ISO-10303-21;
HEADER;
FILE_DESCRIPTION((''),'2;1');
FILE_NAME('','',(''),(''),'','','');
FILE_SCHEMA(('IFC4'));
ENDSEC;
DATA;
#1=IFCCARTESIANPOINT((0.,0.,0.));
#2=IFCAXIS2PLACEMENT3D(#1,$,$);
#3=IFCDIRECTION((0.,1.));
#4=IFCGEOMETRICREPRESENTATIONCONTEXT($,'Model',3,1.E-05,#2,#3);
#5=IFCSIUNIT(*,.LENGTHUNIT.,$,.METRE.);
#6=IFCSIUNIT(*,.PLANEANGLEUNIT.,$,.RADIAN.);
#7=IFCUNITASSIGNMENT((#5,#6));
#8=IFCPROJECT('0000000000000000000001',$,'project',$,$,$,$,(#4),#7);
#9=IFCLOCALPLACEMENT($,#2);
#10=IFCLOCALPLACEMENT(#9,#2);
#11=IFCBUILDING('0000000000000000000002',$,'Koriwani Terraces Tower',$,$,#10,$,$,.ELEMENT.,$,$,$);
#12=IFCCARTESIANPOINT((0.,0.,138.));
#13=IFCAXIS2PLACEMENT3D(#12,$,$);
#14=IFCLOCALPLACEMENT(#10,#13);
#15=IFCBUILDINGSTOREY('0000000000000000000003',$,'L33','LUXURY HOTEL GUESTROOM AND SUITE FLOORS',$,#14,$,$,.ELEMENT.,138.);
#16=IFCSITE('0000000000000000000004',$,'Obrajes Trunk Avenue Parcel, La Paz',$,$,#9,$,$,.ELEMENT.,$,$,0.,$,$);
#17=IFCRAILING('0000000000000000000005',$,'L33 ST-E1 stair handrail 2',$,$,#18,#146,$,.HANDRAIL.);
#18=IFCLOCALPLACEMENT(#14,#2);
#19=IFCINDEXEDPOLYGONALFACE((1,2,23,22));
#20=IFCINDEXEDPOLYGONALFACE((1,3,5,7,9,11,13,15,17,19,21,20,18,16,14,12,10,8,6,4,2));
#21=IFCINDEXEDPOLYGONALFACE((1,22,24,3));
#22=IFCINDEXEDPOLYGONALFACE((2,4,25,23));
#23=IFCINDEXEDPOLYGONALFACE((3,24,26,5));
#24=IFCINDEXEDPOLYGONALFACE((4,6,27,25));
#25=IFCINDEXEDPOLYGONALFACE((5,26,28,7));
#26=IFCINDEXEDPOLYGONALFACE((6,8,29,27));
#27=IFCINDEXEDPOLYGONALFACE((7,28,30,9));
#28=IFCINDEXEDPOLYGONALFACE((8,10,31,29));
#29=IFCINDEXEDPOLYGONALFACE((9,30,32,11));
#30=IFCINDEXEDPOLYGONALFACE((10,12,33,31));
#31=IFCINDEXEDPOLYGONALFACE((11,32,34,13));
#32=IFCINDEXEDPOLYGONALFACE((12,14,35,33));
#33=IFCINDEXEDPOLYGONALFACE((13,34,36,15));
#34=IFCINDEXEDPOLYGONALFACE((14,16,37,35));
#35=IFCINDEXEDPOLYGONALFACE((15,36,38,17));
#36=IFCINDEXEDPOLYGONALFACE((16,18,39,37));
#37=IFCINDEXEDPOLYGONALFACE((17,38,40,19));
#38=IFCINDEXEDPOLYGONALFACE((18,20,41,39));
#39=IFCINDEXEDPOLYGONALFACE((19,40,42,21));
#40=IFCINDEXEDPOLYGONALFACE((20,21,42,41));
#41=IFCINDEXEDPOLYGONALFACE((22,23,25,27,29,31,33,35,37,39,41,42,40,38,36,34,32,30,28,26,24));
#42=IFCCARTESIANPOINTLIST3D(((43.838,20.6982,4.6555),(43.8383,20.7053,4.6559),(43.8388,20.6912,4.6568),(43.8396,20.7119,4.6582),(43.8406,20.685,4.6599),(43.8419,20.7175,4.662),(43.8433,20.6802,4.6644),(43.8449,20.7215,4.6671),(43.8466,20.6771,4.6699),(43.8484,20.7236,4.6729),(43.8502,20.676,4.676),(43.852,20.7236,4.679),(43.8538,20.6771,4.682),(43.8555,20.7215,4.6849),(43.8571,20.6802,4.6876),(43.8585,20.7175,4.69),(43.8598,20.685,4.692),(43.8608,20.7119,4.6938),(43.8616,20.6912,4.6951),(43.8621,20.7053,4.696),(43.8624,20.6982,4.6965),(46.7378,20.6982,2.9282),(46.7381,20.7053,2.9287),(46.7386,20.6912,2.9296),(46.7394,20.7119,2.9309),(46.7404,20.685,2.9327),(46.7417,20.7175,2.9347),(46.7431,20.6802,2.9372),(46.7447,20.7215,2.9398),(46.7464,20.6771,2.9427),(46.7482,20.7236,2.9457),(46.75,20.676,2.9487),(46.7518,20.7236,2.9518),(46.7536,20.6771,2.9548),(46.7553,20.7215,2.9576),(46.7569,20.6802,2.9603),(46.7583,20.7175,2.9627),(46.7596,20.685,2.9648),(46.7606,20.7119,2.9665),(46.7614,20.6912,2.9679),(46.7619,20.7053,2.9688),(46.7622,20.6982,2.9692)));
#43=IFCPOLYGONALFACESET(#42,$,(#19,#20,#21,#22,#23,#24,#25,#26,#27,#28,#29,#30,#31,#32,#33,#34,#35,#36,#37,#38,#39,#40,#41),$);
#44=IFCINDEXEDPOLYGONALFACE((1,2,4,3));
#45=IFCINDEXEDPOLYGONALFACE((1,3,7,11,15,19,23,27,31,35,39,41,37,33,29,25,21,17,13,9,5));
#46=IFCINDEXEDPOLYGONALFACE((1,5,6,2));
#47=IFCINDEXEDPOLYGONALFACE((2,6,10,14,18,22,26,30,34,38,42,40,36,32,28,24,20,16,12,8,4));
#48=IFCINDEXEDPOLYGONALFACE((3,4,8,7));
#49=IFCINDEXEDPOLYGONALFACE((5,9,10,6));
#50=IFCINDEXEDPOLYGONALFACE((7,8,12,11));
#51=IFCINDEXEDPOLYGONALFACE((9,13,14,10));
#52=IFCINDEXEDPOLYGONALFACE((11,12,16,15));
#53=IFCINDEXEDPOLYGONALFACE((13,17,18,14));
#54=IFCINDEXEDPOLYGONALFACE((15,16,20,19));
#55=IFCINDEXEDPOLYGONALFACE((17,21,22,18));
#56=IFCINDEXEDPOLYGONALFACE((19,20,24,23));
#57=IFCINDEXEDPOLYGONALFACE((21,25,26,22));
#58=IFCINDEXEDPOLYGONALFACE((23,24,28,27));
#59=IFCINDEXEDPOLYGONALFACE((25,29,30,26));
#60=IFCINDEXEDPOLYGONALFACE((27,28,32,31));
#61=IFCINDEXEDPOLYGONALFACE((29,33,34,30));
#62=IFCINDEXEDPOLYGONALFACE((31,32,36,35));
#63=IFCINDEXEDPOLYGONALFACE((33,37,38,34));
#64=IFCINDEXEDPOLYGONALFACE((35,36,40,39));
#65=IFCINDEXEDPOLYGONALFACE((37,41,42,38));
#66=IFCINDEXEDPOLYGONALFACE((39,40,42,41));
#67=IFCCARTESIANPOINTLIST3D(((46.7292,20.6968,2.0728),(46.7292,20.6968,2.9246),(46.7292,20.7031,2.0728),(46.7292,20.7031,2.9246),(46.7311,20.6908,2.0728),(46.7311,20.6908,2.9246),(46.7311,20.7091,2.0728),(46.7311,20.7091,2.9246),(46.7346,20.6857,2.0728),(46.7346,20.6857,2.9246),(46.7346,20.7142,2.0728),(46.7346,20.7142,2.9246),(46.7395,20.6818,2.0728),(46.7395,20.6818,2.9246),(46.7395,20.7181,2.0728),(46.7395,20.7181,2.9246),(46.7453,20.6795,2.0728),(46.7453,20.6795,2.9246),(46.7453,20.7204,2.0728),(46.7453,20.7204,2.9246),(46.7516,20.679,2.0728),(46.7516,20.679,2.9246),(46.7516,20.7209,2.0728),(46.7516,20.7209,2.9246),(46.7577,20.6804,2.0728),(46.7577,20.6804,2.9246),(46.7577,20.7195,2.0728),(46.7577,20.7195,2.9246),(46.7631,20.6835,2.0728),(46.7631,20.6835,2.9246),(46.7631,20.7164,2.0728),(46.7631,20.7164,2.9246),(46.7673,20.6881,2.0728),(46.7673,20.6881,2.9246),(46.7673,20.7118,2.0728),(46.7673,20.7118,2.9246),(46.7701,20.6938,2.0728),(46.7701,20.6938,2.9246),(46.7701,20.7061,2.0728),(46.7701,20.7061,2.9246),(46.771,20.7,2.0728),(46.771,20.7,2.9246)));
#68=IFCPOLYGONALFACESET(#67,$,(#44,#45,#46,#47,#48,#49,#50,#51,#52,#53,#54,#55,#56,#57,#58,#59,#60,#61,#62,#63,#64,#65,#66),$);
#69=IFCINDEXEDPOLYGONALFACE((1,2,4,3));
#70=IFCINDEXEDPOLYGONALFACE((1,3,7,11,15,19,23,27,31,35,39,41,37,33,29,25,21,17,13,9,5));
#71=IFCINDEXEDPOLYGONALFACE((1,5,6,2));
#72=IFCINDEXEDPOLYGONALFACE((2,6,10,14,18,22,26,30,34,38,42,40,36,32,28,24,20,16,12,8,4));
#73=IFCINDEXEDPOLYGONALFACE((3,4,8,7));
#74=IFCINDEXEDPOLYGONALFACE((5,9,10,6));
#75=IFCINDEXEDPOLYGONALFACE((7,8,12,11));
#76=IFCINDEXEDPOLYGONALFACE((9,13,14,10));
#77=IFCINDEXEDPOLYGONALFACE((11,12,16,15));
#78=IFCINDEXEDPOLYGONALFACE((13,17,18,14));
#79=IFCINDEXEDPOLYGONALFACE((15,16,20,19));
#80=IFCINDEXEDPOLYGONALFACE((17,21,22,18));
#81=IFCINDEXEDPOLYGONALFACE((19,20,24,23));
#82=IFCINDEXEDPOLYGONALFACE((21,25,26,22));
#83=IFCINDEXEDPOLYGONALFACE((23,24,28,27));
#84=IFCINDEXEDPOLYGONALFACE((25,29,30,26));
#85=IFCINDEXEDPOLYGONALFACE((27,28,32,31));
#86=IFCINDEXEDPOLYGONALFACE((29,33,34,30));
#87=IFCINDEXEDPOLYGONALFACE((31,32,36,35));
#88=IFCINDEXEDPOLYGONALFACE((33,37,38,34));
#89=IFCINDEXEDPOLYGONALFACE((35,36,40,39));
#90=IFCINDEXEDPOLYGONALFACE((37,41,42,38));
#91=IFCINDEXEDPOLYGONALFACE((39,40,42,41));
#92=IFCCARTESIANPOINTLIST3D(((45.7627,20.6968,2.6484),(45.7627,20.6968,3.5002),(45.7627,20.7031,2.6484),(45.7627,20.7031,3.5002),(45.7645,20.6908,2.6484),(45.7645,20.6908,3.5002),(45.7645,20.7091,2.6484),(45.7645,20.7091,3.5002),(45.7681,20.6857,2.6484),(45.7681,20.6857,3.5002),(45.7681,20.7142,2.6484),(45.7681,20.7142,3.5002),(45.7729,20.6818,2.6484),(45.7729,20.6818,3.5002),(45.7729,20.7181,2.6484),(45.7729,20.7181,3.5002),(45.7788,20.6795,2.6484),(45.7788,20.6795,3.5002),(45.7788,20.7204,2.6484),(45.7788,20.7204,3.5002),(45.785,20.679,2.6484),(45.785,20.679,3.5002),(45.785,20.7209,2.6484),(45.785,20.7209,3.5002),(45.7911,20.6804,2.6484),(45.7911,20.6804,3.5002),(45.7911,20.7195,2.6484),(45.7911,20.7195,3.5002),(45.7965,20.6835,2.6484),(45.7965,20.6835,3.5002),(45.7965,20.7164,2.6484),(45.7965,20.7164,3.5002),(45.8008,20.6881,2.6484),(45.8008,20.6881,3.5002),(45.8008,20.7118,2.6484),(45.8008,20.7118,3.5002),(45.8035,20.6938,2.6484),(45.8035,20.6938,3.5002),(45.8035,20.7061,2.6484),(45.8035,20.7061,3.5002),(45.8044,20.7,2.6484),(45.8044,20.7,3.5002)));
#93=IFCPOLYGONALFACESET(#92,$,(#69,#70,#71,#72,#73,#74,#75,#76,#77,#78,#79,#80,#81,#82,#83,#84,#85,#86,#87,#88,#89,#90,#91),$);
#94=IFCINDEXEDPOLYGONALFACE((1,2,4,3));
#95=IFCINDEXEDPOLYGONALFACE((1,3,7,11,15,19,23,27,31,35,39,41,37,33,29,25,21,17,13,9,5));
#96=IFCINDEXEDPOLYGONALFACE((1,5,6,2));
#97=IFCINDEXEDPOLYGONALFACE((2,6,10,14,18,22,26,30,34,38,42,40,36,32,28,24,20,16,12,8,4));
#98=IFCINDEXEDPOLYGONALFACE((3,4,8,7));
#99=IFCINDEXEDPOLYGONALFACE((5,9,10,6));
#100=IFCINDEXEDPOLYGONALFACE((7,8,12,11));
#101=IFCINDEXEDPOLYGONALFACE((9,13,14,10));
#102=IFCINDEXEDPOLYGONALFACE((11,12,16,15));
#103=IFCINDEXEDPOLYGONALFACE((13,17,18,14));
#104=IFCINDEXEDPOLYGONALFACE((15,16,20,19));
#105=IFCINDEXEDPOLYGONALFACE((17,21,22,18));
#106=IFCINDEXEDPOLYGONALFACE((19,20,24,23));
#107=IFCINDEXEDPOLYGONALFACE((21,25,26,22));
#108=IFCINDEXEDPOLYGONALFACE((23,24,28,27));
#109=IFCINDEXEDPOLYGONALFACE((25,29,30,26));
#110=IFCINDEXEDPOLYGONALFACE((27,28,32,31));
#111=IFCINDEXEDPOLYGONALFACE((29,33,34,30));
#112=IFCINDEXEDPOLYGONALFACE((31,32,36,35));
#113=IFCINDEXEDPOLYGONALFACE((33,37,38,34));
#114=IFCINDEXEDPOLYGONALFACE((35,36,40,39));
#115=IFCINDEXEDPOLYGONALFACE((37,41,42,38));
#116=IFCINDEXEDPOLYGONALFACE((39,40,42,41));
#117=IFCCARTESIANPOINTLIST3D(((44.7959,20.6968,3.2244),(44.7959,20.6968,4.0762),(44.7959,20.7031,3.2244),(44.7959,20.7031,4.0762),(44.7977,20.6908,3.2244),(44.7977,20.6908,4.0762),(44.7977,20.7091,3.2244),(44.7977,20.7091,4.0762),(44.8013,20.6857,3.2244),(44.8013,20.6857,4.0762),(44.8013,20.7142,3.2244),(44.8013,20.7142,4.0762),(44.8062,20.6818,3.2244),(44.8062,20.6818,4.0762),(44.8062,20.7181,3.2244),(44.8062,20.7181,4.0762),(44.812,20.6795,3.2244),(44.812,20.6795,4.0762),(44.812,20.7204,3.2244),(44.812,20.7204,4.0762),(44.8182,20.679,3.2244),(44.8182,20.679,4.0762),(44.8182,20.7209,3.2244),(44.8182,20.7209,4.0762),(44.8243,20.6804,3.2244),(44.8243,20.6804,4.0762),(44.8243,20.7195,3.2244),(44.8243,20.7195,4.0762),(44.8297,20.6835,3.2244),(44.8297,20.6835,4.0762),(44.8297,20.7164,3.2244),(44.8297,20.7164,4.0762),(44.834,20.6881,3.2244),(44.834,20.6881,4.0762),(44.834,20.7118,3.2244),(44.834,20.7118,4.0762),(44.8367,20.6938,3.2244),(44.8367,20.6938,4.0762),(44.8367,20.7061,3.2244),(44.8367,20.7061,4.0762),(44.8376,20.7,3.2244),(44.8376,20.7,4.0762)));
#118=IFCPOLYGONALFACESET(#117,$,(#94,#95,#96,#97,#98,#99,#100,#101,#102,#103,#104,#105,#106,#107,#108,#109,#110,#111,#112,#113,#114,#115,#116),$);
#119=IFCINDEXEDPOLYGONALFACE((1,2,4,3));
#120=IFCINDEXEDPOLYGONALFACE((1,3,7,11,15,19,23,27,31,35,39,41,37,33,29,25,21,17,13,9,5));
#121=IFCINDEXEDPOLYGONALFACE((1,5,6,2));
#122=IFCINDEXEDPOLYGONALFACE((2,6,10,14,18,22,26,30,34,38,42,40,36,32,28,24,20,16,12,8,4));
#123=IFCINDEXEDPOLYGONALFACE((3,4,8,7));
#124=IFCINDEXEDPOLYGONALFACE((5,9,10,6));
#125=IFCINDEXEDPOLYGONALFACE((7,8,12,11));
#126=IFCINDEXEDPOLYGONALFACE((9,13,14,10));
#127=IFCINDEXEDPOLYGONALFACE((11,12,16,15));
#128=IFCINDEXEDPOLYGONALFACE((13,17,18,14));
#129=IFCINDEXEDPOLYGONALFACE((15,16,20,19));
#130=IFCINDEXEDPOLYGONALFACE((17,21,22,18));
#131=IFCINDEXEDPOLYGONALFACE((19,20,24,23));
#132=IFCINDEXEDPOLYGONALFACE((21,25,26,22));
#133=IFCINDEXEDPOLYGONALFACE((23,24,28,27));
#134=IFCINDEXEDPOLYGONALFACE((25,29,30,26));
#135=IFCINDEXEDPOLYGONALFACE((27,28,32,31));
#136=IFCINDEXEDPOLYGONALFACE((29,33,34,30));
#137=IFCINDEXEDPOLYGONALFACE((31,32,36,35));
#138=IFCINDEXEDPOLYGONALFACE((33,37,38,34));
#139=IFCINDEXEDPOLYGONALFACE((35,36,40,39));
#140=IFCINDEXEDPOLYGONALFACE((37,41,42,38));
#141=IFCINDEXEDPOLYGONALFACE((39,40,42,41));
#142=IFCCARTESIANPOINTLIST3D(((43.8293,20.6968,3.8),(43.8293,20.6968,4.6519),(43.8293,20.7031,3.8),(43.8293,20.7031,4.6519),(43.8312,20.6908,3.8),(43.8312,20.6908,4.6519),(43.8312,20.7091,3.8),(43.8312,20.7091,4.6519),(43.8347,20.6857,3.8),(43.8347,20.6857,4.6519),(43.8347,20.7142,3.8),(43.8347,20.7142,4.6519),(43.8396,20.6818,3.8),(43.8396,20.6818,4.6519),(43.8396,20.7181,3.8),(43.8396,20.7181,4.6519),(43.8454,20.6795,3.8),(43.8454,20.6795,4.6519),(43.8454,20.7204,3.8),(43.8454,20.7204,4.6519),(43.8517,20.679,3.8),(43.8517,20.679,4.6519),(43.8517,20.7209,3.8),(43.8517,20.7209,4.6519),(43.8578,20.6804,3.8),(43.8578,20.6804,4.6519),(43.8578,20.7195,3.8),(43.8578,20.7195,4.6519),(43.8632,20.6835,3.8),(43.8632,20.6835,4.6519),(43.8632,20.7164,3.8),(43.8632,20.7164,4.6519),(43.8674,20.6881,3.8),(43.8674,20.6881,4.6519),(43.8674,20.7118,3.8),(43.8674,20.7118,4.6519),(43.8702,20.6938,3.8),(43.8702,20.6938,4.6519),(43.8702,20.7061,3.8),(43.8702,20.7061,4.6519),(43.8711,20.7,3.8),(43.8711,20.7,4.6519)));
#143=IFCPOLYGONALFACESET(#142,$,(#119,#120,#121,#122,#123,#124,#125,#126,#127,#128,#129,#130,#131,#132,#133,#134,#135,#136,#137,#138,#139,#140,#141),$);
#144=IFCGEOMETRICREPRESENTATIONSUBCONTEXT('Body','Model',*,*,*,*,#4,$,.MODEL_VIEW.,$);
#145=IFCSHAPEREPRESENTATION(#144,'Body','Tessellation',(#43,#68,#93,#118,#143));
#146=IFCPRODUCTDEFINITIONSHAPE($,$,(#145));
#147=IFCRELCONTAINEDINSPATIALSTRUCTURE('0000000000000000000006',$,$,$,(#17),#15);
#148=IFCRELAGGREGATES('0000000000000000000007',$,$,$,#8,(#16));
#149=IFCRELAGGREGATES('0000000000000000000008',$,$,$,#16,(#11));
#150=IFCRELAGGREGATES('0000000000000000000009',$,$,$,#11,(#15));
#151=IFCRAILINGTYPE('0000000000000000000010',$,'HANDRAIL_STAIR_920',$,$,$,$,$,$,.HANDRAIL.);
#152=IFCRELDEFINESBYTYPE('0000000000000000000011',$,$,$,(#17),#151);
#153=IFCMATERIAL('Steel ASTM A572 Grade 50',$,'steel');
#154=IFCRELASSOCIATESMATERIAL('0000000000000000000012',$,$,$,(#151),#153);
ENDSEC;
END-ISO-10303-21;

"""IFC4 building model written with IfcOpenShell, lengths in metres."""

from ifc_helpers import new_model, si_unit, direction, frame, origin, origin_2d, place, context, subcontext, project, spatial, circle, extrude, material, type_object, element, save


model = new_model("IFC4")

# Units and contexts
model_context = context("Model", 3, precision=1e-05, world=origin(), true_north=direction((0.0, 1.0)))
body_context = subcontext(model_context, "Body", "Model", "MODEL_VIEW")
ifc_project = project(units=[si_unit("LENGTHUNIT", "METRE"), si_unit("PLANEANGLEUNIT", "RADIAN")], contexts=[model_context])

# Site, building, storey
site_placement = place(None, origin())
site = spatial("IfcSite", under=ifc_project, at=site_placement, Name="Obrajes Trunk Avenue Parcel, La Paz", CompositionType="ELEMENT", RefElevation=0.0)
building_placement = place(site_placement, origin())
building = spatial("IfcBuilding", under=site, at=building_placement, Name="Koriwani Terraces Tower", CompositionType="ELEMENT")
storey_placement = place(building_placement, frame((0.0, 0.0, 138.0)))
storey = spatial("IfcBuildingStorey", under=building, at=storey_placement, Name="L33", Description="LUXURY HOTEL GUESTROOM AND SUITE FLOORS", CompositionType="ELEMENT", Elevation=138.0)

# Shared definitions
ifc_material_1 = material(Name="Steel ASTM A572 Grade 50", Category="steel")

# Railing
railing_type = type_object("IfcRailingType", Name="HANDRAIL_STAIR_920", PredefinedType="HANDRAIL", material=ifc_material_1)
railing_placement = place(storey_placement, frame((46.75, 20.7, 2.0728)))
element("IfcRailing", 1, at=railing_placement, inside=storey, type_object=railing_type, Name="L33 ST-E1 stair handrail 2", PredefinedType="HANDRAIL", context=body_context, shape_type="SweptSolid", body=[
    extrude(circle(Radius=0.0239, at=origin_2d()), frame((0.0, 0.0, 0.876), z_axis=(-0.859141, 0.0, 0.511738), x_axis=(0.0, -1.0, 0.0)), (0.0, 0.0, 1.0), 3.3752),
    extrude(circle(Radius=0.021, at=origin_2d()), origin(), (0.0, 0.0, 1.0), 0.8518),
    extrude(circle(Radius=0.021, at=origin_2d()), frame((-0.9666, 0.0, 0.5757)), (0.0, 0.0, 1.0), 0.8518),
    extrude(circle(Radius=0.021, at=origin_2d()), frame((-1.9333, 0.0, 1.1516)), (0.0, 0.0, 1.0), 0.8518),
    extrude(circle(Radius=0.021, at=origin_2d()), frame((-2.8999, 0.0, 1.7273)), (0.0, 0.0, 1.0), 0.8518),
])

save(model, "model.ifc")
